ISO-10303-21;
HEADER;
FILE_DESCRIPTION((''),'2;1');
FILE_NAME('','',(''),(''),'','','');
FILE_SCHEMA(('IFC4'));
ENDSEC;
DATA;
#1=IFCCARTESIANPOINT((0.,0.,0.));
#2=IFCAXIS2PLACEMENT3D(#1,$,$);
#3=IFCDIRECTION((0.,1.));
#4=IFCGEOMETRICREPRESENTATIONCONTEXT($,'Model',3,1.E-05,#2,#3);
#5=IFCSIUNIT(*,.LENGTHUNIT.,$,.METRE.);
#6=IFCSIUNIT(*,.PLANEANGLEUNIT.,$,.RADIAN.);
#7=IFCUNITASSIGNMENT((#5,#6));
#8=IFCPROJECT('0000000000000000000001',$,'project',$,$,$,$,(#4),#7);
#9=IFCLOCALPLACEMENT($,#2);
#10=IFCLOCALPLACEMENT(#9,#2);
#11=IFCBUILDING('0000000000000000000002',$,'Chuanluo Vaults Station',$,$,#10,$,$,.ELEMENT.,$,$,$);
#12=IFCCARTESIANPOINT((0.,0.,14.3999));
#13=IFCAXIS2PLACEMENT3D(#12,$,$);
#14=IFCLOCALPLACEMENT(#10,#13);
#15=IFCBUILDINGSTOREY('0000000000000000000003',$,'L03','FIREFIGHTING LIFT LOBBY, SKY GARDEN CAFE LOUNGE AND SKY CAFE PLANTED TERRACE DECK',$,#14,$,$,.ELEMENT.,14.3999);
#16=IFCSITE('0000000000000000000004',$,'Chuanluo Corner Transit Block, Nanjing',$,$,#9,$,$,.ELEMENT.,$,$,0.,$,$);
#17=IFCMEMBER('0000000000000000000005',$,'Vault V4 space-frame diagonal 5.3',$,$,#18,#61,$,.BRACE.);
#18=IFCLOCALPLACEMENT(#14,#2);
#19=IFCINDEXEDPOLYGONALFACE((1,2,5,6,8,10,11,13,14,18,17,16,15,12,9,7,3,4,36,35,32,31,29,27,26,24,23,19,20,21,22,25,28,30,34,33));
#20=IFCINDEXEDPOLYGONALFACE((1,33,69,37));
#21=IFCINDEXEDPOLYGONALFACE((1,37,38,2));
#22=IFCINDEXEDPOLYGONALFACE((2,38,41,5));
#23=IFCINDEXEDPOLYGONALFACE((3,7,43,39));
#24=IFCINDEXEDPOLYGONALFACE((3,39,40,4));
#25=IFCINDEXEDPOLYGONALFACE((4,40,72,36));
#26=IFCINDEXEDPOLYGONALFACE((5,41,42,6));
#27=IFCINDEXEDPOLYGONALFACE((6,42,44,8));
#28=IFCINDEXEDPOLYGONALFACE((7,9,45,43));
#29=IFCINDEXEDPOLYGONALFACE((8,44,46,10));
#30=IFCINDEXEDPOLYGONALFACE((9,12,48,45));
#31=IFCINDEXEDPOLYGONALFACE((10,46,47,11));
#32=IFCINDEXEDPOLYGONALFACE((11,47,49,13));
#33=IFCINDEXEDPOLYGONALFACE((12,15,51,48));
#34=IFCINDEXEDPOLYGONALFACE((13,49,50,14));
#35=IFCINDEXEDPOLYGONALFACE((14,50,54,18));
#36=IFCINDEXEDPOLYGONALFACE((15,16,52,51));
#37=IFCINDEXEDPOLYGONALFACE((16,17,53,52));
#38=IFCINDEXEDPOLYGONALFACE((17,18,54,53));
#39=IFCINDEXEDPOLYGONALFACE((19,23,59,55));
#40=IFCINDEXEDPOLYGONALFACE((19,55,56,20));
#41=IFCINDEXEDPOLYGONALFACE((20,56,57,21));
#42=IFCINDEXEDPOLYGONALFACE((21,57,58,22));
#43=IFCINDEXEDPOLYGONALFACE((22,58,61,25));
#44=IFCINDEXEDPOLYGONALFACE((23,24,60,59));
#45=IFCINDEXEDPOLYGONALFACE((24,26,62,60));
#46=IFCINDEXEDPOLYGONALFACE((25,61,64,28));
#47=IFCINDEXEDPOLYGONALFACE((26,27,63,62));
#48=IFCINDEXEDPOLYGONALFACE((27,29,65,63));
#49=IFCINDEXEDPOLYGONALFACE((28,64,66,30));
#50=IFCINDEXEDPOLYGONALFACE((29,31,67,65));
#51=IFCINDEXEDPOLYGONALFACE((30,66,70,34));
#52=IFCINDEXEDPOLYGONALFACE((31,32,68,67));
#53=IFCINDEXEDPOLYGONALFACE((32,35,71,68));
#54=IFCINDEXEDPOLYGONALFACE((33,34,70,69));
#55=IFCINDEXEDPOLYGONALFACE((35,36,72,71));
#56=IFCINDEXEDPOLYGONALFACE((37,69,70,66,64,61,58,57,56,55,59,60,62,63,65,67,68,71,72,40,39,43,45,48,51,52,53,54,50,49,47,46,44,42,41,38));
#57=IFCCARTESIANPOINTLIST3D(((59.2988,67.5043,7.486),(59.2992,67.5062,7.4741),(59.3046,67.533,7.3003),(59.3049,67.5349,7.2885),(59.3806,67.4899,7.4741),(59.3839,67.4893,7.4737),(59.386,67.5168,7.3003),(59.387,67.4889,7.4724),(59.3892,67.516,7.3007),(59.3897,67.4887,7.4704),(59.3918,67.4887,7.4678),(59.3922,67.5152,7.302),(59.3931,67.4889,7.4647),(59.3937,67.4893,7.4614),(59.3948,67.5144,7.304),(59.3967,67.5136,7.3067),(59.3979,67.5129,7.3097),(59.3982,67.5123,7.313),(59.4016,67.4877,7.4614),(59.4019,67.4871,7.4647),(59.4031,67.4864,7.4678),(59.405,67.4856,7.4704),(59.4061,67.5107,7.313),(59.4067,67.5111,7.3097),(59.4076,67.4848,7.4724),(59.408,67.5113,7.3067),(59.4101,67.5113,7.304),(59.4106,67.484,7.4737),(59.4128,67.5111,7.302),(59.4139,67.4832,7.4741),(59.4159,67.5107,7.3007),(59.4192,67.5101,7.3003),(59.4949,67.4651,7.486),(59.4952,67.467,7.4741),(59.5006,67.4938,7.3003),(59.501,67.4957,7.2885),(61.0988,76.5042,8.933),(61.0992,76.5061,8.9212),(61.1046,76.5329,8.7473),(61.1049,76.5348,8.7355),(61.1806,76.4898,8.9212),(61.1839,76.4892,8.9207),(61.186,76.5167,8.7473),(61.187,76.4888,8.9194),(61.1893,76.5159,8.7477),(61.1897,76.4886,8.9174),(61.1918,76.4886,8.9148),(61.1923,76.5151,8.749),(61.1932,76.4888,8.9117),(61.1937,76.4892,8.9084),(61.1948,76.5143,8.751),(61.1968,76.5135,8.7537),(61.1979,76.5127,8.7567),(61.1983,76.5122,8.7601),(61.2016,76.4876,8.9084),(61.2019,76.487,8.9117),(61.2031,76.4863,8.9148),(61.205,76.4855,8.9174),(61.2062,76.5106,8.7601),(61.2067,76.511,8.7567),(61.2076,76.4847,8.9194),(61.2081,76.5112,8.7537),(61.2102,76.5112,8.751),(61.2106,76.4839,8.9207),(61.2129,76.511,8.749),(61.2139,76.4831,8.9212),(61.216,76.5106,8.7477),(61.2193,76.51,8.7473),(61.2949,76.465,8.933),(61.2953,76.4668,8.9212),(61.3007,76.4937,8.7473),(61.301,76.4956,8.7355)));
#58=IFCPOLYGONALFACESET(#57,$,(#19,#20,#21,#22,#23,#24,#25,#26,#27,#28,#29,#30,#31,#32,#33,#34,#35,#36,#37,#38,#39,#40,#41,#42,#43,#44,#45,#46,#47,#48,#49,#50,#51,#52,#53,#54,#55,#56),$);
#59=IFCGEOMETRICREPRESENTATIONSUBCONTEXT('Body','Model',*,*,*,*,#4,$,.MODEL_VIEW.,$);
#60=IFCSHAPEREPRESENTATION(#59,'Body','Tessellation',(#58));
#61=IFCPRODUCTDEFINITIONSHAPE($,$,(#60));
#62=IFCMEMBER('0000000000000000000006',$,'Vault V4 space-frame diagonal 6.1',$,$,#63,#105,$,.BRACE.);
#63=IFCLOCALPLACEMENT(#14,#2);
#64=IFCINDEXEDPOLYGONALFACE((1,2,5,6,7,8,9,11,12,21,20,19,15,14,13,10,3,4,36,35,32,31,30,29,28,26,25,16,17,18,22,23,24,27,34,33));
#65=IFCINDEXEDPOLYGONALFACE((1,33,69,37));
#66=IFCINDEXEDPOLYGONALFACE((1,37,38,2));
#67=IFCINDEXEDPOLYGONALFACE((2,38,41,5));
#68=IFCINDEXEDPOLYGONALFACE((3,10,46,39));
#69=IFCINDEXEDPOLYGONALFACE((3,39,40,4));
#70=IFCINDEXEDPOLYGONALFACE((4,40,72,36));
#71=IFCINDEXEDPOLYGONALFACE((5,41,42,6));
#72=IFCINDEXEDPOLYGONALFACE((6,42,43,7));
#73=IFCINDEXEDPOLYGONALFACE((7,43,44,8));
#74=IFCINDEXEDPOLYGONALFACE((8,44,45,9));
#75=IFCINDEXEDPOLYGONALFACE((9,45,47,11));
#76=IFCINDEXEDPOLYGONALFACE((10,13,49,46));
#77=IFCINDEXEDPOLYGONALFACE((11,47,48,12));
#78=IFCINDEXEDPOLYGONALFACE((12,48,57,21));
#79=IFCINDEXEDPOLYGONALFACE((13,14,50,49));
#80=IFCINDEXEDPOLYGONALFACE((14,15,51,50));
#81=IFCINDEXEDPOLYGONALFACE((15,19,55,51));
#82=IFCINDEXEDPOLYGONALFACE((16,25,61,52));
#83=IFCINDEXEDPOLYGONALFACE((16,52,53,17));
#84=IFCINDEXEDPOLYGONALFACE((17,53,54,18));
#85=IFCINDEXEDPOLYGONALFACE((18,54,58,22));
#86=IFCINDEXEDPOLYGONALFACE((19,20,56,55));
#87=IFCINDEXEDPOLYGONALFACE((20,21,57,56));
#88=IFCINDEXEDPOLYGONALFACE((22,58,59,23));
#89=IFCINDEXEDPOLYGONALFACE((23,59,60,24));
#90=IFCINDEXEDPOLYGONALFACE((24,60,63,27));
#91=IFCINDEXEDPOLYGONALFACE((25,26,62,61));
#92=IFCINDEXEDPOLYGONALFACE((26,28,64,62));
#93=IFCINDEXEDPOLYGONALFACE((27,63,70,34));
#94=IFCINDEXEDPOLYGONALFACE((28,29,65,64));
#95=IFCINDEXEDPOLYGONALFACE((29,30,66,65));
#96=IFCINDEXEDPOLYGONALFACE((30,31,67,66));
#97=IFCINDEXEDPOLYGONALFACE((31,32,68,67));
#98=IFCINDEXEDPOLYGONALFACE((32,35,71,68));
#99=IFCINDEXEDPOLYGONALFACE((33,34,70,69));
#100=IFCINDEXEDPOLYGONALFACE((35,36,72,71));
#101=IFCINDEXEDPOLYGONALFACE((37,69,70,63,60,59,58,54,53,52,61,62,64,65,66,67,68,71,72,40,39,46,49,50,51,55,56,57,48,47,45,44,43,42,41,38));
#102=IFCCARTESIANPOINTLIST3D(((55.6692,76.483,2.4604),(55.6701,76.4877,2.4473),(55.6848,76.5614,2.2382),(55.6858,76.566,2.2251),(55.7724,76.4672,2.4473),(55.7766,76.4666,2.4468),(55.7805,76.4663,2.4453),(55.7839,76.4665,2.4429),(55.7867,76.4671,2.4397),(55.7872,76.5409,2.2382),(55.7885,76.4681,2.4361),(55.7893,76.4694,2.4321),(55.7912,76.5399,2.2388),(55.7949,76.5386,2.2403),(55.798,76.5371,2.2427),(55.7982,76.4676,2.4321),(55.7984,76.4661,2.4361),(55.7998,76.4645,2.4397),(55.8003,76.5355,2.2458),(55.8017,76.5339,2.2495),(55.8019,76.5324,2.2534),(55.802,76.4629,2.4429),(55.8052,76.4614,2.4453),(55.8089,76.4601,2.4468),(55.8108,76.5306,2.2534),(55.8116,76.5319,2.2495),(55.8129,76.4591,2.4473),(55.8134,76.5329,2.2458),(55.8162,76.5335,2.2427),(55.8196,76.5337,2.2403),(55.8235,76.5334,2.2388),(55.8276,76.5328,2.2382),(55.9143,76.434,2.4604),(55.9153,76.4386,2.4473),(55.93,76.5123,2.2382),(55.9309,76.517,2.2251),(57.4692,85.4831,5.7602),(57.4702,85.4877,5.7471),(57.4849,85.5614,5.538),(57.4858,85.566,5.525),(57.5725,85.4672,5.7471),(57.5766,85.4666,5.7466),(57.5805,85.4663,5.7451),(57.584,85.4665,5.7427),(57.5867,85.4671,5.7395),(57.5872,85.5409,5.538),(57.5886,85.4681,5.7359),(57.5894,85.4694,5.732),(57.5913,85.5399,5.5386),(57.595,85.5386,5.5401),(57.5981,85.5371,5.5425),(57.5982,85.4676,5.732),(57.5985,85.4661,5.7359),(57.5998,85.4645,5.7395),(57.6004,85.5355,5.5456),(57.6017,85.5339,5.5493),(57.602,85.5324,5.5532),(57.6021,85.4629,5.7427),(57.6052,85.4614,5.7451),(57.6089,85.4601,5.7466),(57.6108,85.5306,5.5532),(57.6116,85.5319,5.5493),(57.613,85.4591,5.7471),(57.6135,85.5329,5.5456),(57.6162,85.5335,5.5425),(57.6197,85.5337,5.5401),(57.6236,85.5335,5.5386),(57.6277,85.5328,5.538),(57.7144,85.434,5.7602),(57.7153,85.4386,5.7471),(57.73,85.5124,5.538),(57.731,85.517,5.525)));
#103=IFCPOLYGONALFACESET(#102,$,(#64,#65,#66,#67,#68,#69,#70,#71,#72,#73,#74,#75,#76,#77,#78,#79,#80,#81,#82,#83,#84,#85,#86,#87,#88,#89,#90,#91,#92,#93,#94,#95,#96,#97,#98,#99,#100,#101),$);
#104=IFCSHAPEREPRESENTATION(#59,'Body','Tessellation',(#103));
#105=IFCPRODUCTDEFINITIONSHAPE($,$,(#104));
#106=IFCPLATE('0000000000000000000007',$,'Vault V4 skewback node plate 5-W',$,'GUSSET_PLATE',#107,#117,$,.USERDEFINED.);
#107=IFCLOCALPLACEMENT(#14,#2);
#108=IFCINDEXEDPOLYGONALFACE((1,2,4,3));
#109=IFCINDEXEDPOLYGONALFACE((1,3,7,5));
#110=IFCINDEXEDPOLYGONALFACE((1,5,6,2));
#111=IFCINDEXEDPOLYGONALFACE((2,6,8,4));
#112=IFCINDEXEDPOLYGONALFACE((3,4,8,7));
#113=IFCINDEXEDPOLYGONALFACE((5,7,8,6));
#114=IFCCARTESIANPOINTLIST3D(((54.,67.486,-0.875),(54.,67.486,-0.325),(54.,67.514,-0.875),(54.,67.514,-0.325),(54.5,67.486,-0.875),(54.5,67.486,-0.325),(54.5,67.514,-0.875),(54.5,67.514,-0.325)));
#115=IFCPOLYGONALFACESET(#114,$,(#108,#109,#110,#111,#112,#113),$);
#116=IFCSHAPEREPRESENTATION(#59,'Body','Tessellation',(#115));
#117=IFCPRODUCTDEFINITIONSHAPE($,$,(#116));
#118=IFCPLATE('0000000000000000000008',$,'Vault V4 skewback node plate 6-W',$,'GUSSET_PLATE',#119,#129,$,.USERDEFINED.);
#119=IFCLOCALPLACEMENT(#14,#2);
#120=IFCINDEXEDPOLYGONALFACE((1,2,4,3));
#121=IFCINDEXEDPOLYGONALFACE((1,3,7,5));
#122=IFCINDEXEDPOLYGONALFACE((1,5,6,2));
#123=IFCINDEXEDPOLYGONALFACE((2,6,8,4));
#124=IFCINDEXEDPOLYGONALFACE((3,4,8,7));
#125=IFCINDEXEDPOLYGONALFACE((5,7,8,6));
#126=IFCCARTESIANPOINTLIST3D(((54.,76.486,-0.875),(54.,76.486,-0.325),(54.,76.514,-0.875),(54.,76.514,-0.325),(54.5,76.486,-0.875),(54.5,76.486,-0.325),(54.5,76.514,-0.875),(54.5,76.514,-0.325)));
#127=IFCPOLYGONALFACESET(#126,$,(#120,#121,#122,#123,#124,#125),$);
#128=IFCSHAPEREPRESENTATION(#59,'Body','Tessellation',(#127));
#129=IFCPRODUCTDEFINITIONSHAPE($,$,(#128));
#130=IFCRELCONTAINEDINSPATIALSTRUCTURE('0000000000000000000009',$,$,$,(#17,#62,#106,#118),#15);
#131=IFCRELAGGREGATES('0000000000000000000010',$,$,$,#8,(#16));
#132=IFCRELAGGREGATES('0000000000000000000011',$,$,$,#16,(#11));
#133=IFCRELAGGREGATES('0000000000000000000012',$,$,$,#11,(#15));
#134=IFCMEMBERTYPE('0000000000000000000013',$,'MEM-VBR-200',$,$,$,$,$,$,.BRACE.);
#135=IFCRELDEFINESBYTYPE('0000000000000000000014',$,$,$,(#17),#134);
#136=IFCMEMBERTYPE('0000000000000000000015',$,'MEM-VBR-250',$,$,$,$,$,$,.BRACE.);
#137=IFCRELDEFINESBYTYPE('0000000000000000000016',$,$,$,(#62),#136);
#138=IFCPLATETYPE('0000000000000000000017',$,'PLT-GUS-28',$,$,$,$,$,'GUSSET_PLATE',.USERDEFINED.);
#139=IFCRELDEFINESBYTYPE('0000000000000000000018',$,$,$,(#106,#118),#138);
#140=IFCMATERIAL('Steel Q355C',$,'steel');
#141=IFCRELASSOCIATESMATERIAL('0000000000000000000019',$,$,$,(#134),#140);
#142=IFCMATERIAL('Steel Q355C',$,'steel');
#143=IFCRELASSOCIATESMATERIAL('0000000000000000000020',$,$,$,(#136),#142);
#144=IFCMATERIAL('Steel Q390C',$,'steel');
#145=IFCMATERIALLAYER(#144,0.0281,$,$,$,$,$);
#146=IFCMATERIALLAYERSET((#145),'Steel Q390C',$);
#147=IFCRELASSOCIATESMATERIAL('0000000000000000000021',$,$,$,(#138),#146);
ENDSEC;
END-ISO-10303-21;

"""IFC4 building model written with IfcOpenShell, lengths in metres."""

from ifc_helpers import new_model, si_unit, direction, frame, origin, origin_2d, place, context, subcontext, project, spatial, rectangle, i_section, extrude, material, layer, layer_set, material_profile, profile_set, type_object, element, save


model = new_model("IFC4")

# Units and contexts
model_context = context("Model", 3, precision=1e-05, world=origin(), true_north=direction((0.0, 1.0)))
body_context = subcontext(model_context, "Body", "Model", "MODEL_VIEW")
ifc_project = project(units=[si_unit("LENGTHUNIT", "METRE"), si_unit("PLANEANGLEUNIT", "RADIAN")], contexts=[model_context])

# Site, building, storey
site_placement = place(None, origin())
site = spatial("IfcSite", under=ifc_project, at=site_placement, Name="Chuanluo Corner Transit Block, Nanjing", CompositionType="ELEMENT", RefElevation=0.0)
building_placement = place(site_placement, origin())
building = spatial("IfcBuilding", under=site, at=building_placement, Name="Chuanluo Vaults Station", CompositionType="ELEMENT")
storey_placement = place(building_placement, frame((0.0, 0.0, 14.3999)))
storey = spatial("IfcBuildingStorey", under=building, at=storey_placement, Name="L03", Description="FIREFIGHTING LIFT LOBBY, SKY GARDEN CAFE LOUNGE AND SKY CAFE PLANTED TERRACE DECK", CompositionType="ELEMENT", Elevation=14.3999)

# Members
ifc_material_1 = material(Name="Steel Q355C", Category="steel")
ifc_material_profile_1 = material_profile(ifc_material_1, i_section(OverallWidth=0.2, OverallDepth=0.2, WebThickness=0.0081, FlangeThickness=0.012, FilletRadius=0.0129, at=origin_2d()))
ifc_profile_set_1 = profile_set([ifc_material_profile_1], Name="Steel Q355C")
member_type_1 = type_object("IfcMemberType", Name="MEM-VBR-200", PredefinedType="BRACE", material=ifc_profile_set_1)
member_1_placement = place(storey_placement, frame((59.3999, 67.5, 7.3872), z_axis=(0.193728, 0.968616, 0.155734), x_axis=(-0.98058, 0.196121, 0.0)))
element("IfcMember", 1, at=member_1_placement, inside=storey, type_object=member_type_1, Name="Vault V4 space-frame diagonal 5.3", PredefinedType="BRACE", context=body_context, shape_type="SweptSolid", body=[
    extrude(i_section(OverallWidth=0.2, OverallDepth=0.2, WebThickness=0.0081, FlangeThickness=0.012, FilletRadius=0.0129, at=origin_2d()), origin(), (0.0, 0.0, 1.0), 9.2915),
])
ifc_material_2 = material(Name="Steel Q355C", Category="steel")
ifc_material_profile_2 = material_profile(ifc_material_2, i_section(OverallWidth=0.25, OverallDepth=0.25, WebThickness=0.009, FlangeThickness=0.0139, FilletRadius=0.0161, at=origin_2d()))
ifc_profile_set_2 = profile_set([ifc_material_profile_2], Name="Steel Q355C")
member_type_2 = type_object("IfcMemberType", Name="MEM-VBR-250", PredefinedType="BRACE", material=ifc_profile_set_2)
member_2_placement = place(storey_placement, frame((55.8, 76.5, 2.3428), z_axis=(0.184556, 0.922755, 0.338323), x_axis=(-0.98058, 0.196121, 0.0)))
element("IfcMember", 2, at=member_2_placement, inside=storey, type_object=member_type_2, Name="Vault V4 space-frame diagonal 6.1", PredefinedType="BRACE", context=body_context, shape_type="SweptSolid", body=[
    extrude(i_section(OverallWidth=0.25, OverallDepth=0.25, WebThickness=0.009, FlangeThickness=0.0139, FilletRadius=0.0161, at=origin_2d()), origin(), (0.0, 0.0, 1.0), 9.7534),
])

# Plates
ifc_material_3 = material(Name="Steel Q390C", Category="steel")
ifc_layer = layer(ifc_material_3, 0.0281)
ifc_layer_set = layer_set([ifc_layer], Name="Steel Q390C")
plate_type = type_object("IfcPlateType", Name="PLT-GUS-28", ElementType="GUSSET_PLATE", PredefinedType="USERDEFINED", material=ifc_layer_set)
for number, where, z_axis, x_axis, name in (
    (3, (54.25, 67.5, -0.875), (0.0, 0.0, 1.0), (1.0, 0.0, 0.0), "Vault V4 skewback node plate 5-W"),
    (4, (54.25, 76.5, -0.875), (0.0, 0.0, 1.0), (1.0, 0.0, 0.0), "Vault V4 skewback node plate 6-W"),
):
    element("IfcPlate", number, at=place(storey_placement, frame(where, z_axis=z_axis, x_axis=x_axis)), inside=storey, type_object=plate_type, Name=name, ObjectType="GUSSET_PLATE", PredefinedType="USERDEFINED", context=body_context, shape_type="SweptSolid", body=[
        extrude(rectangle(XDim=0.5, YDim=0.0281, at=origin_2d()), origin(), (0.0, 0.0, 1.0), 0.55),
    ])

save(model, "model.ifc")
